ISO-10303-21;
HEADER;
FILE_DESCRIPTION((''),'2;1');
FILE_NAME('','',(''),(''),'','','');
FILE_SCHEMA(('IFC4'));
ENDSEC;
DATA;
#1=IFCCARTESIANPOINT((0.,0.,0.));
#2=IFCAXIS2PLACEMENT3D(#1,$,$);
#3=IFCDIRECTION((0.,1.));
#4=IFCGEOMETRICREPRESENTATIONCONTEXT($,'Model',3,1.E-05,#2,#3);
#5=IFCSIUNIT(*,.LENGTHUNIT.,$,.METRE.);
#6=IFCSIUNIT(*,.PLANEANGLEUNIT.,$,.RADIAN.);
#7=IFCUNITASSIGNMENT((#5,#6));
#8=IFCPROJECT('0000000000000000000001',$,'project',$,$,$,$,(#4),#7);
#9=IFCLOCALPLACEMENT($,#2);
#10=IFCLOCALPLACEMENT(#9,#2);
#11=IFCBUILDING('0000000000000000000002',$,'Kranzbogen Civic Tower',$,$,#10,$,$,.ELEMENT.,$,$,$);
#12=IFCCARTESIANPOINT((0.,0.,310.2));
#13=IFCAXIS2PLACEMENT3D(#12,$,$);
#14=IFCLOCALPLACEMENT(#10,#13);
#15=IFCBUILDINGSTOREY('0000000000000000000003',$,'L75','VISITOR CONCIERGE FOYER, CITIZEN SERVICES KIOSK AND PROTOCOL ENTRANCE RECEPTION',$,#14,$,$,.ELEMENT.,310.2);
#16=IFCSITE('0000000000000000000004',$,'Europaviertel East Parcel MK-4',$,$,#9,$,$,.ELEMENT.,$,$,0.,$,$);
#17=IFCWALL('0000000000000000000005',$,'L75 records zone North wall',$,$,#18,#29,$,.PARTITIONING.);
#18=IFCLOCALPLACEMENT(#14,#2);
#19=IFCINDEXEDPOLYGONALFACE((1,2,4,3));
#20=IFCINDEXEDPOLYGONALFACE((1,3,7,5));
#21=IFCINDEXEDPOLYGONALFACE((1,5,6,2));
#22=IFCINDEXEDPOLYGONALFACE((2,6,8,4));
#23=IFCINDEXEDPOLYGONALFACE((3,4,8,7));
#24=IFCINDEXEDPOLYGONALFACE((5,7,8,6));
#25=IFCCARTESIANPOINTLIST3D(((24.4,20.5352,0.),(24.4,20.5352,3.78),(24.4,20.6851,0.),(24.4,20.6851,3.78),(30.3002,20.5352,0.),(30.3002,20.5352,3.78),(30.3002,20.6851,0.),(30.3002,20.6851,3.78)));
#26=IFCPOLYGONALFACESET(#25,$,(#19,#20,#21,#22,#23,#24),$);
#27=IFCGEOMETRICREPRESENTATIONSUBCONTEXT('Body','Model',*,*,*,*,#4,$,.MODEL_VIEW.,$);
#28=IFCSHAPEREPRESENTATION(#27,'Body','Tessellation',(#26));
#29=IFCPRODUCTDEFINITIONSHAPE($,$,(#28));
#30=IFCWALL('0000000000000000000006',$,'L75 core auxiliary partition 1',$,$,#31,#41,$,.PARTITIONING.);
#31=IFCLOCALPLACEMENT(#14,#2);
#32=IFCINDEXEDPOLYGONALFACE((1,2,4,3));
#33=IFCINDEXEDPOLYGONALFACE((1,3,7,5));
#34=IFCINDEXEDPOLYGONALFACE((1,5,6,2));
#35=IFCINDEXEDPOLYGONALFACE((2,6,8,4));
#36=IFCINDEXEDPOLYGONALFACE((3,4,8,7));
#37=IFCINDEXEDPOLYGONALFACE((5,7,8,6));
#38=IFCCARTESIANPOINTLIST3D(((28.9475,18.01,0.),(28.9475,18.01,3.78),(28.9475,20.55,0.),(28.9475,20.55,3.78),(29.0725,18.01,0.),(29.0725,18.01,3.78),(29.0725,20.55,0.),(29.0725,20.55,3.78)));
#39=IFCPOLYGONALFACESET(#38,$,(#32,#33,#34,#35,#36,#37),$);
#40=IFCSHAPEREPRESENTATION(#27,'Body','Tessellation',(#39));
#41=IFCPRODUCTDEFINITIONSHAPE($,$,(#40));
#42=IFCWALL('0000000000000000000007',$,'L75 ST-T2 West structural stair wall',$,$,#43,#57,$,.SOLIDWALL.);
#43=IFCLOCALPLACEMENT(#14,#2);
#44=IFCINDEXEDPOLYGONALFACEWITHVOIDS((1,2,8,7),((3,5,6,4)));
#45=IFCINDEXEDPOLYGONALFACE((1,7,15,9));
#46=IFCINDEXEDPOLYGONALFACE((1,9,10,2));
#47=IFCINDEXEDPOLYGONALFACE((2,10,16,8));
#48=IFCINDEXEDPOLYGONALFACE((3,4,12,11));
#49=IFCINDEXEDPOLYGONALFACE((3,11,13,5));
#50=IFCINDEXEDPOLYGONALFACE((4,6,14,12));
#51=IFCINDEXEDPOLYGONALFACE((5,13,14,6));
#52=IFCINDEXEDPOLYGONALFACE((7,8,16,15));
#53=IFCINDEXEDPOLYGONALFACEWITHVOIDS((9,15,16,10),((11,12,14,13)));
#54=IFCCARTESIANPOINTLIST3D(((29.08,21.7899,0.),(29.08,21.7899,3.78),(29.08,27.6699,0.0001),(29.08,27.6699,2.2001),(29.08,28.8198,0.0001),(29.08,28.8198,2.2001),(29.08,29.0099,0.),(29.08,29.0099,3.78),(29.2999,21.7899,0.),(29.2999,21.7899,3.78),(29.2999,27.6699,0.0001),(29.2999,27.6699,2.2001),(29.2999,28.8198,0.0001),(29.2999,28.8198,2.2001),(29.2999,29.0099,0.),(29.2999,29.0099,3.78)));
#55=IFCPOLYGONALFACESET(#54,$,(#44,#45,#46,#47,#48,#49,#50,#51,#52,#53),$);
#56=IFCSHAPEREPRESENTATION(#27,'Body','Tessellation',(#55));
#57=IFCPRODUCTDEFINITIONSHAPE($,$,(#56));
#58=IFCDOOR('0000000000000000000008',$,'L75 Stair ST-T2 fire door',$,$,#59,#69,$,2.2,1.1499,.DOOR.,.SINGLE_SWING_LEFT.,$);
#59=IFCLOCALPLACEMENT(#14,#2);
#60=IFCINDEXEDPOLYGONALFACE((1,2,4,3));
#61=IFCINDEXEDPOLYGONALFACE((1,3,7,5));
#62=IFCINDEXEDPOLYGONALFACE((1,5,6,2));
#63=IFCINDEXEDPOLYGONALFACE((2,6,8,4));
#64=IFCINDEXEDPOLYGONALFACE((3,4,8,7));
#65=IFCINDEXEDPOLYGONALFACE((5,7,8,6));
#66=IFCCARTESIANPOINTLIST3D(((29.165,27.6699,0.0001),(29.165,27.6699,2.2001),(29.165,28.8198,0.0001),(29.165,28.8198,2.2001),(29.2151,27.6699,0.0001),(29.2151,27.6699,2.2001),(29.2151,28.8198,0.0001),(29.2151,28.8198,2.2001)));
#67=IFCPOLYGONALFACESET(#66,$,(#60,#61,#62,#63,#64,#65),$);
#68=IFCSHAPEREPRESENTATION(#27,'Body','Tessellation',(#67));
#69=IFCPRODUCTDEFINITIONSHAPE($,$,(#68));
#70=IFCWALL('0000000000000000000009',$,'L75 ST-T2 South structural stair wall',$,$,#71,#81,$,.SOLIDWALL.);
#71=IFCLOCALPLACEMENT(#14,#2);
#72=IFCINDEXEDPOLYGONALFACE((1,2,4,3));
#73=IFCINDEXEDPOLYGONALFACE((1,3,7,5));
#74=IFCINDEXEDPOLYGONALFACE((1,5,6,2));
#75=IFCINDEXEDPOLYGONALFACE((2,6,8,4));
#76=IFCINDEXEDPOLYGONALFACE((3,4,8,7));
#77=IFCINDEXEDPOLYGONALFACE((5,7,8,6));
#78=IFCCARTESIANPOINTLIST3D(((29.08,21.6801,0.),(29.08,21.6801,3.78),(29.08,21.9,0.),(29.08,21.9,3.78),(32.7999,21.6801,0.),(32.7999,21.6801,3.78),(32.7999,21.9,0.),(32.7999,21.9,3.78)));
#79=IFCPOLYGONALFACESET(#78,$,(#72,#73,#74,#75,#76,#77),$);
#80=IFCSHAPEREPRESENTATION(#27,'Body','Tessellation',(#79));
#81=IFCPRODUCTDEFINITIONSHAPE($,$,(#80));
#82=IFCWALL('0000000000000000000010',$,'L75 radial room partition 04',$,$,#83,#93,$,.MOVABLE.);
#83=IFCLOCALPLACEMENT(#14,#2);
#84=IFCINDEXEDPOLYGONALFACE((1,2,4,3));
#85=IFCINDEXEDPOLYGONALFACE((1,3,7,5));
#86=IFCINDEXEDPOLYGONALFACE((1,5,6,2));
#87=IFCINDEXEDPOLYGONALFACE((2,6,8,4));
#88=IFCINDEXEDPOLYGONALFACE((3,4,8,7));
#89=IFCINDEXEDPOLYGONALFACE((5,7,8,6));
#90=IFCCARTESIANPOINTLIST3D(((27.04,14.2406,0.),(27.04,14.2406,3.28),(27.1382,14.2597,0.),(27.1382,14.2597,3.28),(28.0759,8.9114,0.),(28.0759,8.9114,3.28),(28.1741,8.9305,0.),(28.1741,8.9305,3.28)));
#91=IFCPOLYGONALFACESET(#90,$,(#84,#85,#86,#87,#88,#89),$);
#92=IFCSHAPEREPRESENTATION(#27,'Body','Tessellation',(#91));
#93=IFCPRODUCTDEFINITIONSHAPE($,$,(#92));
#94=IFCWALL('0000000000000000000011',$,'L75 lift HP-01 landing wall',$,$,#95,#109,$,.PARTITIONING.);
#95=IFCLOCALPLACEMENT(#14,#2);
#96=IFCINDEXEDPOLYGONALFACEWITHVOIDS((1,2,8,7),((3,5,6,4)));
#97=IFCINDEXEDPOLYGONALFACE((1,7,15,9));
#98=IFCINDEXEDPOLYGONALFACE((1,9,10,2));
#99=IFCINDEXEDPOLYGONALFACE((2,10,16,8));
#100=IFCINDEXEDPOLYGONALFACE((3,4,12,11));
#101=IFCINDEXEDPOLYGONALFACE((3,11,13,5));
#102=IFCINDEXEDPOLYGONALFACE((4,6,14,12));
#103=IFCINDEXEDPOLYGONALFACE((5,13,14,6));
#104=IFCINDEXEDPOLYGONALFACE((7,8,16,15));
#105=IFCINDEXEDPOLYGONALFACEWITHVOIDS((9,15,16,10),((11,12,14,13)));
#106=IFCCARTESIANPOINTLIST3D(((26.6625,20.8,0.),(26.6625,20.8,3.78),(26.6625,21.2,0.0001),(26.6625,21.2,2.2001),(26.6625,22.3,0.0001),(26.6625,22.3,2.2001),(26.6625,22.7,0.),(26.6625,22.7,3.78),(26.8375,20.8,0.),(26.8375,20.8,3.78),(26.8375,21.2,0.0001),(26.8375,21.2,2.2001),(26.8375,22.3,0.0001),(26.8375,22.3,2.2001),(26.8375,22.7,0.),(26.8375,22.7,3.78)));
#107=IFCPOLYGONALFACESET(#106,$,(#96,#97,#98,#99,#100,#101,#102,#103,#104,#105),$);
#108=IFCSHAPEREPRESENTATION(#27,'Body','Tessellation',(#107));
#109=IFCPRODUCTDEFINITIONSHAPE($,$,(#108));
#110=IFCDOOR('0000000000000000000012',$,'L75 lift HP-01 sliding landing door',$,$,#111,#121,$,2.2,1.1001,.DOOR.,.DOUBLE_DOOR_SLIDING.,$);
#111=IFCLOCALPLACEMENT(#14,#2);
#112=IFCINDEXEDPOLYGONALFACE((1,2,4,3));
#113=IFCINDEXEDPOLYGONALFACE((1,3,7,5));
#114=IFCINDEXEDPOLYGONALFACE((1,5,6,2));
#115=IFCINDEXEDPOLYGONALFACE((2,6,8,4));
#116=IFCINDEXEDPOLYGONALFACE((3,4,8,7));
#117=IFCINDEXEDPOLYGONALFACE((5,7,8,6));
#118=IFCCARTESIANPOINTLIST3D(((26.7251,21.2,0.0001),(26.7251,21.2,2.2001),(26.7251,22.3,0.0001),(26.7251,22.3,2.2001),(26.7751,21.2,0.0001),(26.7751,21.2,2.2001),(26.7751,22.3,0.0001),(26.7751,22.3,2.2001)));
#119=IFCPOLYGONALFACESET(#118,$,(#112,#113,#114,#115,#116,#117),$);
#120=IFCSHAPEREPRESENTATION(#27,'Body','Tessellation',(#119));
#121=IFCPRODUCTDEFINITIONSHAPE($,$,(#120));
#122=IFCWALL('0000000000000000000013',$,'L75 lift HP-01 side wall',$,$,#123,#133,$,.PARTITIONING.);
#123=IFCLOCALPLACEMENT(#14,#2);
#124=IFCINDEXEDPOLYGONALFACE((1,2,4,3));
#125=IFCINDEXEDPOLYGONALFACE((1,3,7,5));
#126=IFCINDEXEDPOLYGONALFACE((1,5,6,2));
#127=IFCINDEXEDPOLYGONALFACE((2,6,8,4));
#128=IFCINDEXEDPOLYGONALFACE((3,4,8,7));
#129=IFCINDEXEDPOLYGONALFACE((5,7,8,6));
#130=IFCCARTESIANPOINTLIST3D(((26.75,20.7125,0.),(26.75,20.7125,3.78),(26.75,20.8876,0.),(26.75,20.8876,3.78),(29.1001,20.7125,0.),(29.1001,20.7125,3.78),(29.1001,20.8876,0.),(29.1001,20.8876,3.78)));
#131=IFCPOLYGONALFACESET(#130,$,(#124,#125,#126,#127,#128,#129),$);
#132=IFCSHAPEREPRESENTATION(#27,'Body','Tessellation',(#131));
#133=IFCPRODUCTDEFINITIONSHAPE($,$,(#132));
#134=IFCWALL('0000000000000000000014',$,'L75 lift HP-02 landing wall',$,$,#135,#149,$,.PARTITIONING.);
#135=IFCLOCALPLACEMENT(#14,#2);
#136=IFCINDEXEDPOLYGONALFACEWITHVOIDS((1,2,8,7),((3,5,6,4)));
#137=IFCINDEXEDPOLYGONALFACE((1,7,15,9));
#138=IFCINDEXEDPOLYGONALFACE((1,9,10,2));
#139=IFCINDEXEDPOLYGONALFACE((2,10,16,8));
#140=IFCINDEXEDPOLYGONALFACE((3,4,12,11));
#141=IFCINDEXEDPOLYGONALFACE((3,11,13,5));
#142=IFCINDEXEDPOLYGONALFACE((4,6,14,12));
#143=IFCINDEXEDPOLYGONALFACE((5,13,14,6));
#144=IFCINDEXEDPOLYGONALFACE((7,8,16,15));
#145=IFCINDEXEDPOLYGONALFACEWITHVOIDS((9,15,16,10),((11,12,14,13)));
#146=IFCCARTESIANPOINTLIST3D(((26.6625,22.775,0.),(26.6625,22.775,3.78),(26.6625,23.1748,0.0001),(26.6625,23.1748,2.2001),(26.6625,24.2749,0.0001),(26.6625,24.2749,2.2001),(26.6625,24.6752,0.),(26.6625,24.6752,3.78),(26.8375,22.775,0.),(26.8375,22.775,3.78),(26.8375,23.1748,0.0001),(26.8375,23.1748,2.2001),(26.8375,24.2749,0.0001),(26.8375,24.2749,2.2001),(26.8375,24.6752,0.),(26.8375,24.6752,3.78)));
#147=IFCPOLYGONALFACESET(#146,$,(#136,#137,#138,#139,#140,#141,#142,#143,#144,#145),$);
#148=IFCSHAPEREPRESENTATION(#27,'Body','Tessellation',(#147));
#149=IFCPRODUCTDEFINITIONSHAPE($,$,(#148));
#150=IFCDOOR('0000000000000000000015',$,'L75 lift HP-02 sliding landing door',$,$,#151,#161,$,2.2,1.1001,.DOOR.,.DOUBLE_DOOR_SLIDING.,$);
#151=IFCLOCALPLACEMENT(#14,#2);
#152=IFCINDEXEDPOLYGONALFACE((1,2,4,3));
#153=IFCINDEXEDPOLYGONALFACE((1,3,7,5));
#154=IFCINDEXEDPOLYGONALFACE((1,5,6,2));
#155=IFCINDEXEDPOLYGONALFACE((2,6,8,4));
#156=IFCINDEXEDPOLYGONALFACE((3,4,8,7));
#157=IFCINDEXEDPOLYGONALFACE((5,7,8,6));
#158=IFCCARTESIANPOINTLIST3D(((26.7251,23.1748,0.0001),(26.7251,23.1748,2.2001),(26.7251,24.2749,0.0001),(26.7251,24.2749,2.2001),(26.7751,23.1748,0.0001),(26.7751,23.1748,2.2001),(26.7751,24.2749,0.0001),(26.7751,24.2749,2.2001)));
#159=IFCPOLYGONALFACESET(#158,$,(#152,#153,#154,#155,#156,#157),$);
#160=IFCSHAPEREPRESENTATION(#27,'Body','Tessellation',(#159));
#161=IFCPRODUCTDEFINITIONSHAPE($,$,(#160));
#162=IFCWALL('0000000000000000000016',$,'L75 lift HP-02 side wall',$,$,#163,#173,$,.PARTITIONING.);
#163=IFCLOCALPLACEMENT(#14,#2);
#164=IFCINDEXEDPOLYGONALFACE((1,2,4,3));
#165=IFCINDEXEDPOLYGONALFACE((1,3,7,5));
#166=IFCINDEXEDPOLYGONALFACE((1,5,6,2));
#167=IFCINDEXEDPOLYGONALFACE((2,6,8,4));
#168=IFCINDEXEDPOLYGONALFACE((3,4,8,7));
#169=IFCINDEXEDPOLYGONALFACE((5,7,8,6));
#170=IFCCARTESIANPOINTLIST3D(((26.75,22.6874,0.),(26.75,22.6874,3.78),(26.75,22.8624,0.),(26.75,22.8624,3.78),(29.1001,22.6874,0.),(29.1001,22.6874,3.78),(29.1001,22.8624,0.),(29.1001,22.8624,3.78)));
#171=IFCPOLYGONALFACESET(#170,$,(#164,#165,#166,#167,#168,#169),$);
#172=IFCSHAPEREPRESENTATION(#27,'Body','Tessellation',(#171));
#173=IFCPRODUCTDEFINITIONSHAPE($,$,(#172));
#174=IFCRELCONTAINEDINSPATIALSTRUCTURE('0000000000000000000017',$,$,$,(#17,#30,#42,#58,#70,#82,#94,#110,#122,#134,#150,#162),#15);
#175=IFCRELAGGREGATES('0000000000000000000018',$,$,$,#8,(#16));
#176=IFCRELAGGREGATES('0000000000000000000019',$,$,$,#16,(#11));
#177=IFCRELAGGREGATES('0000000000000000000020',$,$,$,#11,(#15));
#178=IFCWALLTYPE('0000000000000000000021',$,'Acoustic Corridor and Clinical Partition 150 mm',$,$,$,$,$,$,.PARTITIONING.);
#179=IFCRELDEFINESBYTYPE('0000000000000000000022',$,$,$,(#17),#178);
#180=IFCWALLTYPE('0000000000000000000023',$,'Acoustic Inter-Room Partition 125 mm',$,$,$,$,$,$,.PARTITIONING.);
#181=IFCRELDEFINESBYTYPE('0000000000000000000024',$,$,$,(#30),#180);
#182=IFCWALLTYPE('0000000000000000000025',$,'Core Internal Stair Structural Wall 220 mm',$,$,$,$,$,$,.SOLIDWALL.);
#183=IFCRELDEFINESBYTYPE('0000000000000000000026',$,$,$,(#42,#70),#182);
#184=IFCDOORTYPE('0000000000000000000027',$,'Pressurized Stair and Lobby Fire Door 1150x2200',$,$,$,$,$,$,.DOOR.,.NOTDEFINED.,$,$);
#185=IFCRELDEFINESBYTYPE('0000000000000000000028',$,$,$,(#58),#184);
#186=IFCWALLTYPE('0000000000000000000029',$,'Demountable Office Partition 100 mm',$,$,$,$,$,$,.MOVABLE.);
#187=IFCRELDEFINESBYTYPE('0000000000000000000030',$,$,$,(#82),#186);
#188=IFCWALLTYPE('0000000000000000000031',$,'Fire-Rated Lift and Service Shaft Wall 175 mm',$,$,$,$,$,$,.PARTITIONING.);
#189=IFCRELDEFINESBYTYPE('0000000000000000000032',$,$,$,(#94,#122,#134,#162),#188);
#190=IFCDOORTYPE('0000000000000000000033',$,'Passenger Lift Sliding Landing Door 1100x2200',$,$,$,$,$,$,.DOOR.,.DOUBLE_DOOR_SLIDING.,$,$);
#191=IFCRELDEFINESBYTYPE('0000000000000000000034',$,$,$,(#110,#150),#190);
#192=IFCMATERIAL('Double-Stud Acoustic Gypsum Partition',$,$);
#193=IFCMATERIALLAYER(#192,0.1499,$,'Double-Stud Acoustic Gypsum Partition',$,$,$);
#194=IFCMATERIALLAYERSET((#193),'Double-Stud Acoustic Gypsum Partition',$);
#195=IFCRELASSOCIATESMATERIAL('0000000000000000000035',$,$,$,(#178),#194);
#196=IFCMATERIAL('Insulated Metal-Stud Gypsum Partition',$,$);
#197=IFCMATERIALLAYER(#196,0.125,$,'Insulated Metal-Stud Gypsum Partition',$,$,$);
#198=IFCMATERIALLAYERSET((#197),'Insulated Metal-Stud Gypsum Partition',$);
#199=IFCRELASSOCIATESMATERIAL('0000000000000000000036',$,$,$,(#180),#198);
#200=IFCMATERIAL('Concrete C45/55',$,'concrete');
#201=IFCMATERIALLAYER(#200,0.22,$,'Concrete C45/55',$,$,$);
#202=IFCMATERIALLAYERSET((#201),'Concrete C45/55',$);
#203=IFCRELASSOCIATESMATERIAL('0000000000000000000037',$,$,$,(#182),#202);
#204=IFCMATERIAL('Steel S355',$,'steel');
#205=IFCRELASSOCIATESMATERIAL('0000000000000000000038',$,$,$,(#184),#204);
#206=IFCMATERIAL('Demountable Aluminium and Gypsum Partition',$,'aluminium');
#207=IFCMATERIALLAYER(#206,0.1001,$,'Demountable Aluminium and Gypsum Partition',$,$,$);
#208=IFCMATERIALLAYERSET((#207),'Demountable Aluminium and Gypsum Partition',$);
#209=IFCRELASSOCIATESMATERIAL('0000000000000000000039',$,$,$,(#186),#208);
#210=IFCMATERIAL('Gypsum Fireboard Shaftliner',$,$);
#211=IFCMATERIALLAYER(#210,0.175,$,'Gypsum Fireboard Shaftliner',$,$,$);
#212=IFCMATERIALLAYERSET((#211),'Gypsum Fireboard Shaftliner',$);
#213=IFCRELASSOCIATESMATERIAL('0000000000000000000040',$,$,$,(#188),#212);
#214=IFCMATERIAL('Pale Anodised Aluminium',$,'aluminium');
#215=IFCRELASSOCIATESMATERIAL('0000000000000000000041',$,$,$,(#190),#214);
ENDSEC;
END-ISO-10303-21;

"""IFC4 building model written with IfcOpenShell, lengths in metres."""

from ifc_helpers import new_model, si_unit, direction, frame, frame_2d, origin, place, context, subcontext, project, spatial, rectangle, extrude, material, layer, layer_set, type_object, element, fill, save


model = new_model("IFC4")

# Units and contexts
model_context = context("Model", 3, precision=1e-05, world=origin(), true_north=direction((0.0, 1.0)))
body_context = subcontext(model_context, "Body", "Model", "MODEL_VIEW")
ifc_project = project(units=[si_unit("LENGTHUNIT", "METRE"), si_unit("PLANEANGLEUNIT", "RADIAN")], contexts=[model_context])

# Site, building, storey
site_placement = place(None, origin())
site = spatial("IfcSite", under=ifc_project, at=site_placement, Name="Europaviertel East Parcel MK-4", CompositionType="ELEMENT", RefElevation=0.0)
building_placement = place(site_placement, origin())
building = spatial("IfcBuilding", under=site, at=building_placement, Name="Kranzbogen Civic Tower", CompositionType="ELEMENT")
storey_placement = place(building_placement, frame((0.0, 0.0, 310.2)))
storey = spatial("IfcBuildingStorey", under=building, at=storey_placement, Name="L75", Description="VISITOR CONCIERGE FOYER, CITIZEN SERVICES KIOSK AND PROTOCOL ENTRANCE RECEPTION", CompositionType="ELEMENT", Elevation=310.2)

# Shared definitions
ifc_material_1 = material(Name="Steel S355", Category="steel")

# Shared definitions
ifc_material_2 = material(Name="Pale Anodised Aluminium", Category="aluminium")

# Walls
ifc_material_3 = material(Name="Double-Stud Acoustic Gypsum Partition")
ifc_layer_1 = layer(ifc_material_3, 0.1499, Name="Double-Stud Acoustic Gypsum Partition")
ifc_layer_set_1 = layer_set([ifc_layer_1], Name="Double-Stud Acoustic Gypsum Partition")
wall_type_1 = type_object("IfcWallType", Name="Acoustic Corridor and Clinical Partition 150 mm", PredefinedType="PARTITIONING", material=ifc_layer_set_1)
wall_1_placement = place(storey_placement, frame((24.3999, 20.6101, 0.0), z_axis=(0.0, 0.0, 1.0), x_axis=(1.0, 0.0, 0.0)))
element("IfcWall", 1, at=wall_1_placement, inside=storey, type_object=wall_type_1, Name="L75 records zone North wall", PredefinedType="PARTITIONING", context=body_context, shape_type="SweptSolid", body=[
    extrude(rectangle(XDim=5.9001, YDim=0.1499, at=frame_2d((2.9502, 0.0))), origin(), (0.0, 0.0, 1.0), 3.78),
])
ifc_material_4 = material(Name="Insulated Metal-Stud Gypsum Partition")
ifc_layer_2 = layer(ifc_material_4, 0.125, Name="Insulated Metal-Stud Gypsum Partition")
ifc_layer_set_2 = layer_set([ifc_layer_2], Name="Insulated Metal-Stud Gypsum Partition")
wall_type_2 = type_object("IfcWallType", Name="Acoustic Inter-Room Partition 125 mm", PredefinedType="PARTITIONING", material=ifc_layer_set_2)
wall_2_placement = place(storey_placement, frame((29.01, 18.01, 0.0), z_axis=(0.0, 0.0, 1.0), x_axis=(0.0, 1.0, 0.0)))
element("IfcWall", 2, at=wall_2_placement, inside=storey, type_object=wall_type_2, Name="L75 core auxiliary partition 1", PredefinedType="PARTITIONING", context=body_context, shape_type="SweptSolid", body=[
    extrude(rectangle(XDim=2.54, YDim=0.125, at=frame_2d((1.27, 0.0))), origin(), (0.0, 0.0, 1.0), 3.78),
])

# Wall, opening, door
ifc_material_5 = material(Name="Concrete C45/55", Category="concrete")
ifc_layer_3 = layer(ifc_material_5, 0.22, Name="Concrete C45/55")
ifc_layer_set_3 = layer_set([ifc_layer_3], Name="Concrete C45/55")
wall_type_3 = type_object("IfcWallType", Name="Core Internal Stair Structural Wall 220 mm", PredefinedType="SOLIDWALL", material=ifc_layer_set_3)
wall_3_placement = place(storey_placement, frame((29.1899, 21.79, 0.0), z_axis=(0.0, 0.0, 1.0), x_axis=(0.0, 1.0, 0.0)))
wall_3 = element("IfcWall", 3, at=wall_3_placement, inside=storey, type_object=wall_type_3, Name="L75 ST-T2 West structural stair wall", PredefinedType="SOLIDWALL", context=body_context, shape_type="SweptSolid", body=[
    extrude(rectangle(XDim=7.22, YDim=0.22, at=frame_2d((3.6099, 0.0))), origin(), (0.0, 0.0, 1.0), 3.78),
])
opening_1_placement = place(wall_3_placement, frame((5.8799, 0.0, 0.0)))
opening_1 = element("IfcOpeningElement", 4, at=opening_1_placement, cuts=wall_3, PredefinedType="OPENING", context=body_context, shape_type="SweptSolid", body=[
    extrude(rectangle(XDim=1.1499, YDim=2.2, at=frame_2d((0.575, 1.1001))), frame((0.0, 0.1201, 0.0), z_axis=(0.0, -1.0, 0.0), x_axis=(1.0, 0.0, 0.0)), (0.0, 0.0, 1.0), 0.24),
])
door_type_1 = type_object("IfcDoorType", Name="Pressurized Stair and Lobby Fire Door 1150x2200", OperationType="NOTDEFINED", PredefinedType="DOOR", material=ifc_material_1)
door_1_placement = place(opening_1_placement, origin())
door_1 = element("IfcDoor", 5, at=door_1_placement, inside=storey, type_object=door_type_1, Name="L75 Stair ST-T2 fire door", OperationType="SINGLE_SWING_LEFT", OverallHeight=2.2, OverallWidth=1.1499, PredefinedType="DOOR", context=body_context, shape_type="SweptSolid", body=[
    extrude(rectangle(XDim=1.1499, YDim=2.2, at=frame_2d((0.575, 1.1001))), frame((0.0, 0.0249, 0.0), z_axis=(0.0, -1.0, 0.0), x_axis=(1.0, 0.0, 0.0)), (0.0, 0.0, 1.0), 0.05),
])
fill(opening_1, door_1)

# Walls
wall_4_placement = place(storey_placement, frame((29.0801, 21.79, 0.0), z_axis=(0.0, 0.0, 1.0), x_axis=(1.0, 0.0, 0.0)))
element("IfcWall", 6, at=wall_4_placement, inside=storey, type_object=wall_type_3, Name="L75 ST-T2 South structural stair wall", PredefinedType="SOLIDWALL", context=body_context, shape_type="SweptSolid", body=[
    extrude(rectangle(XDim=3.72, YDim=0.22, at=frame_2d((1.8599, 0.0))), origin(), (0.0, 0.0, 1.0), 3.78),
])
ifc_material_6 = material(Name="Demountable Aluminium and Gypsum Partition", Category="aluminium")
ifc_layer_4 = layer(ifc_material_6, 0.1001, Name="Demountable Aluminium and Gypsum Partition")
ifc_layer_set_4 = layer_set([ifc_layer_4], Name="Demountable Aluminium and Gypsum Partition")
wall_type_4 = type_object("IfcWallType", Name="Demountable Office Partition 100 mm", PredefinedType="MOVABLE", material=ifc_layer_set_4)
wall_5_placement = place(storey_placement, frame((27.0891, 14.25, 0.0), z_axis=(0.0, 0.0, 1.0), x_axis=(0.190812, -0.981627, 0.0)))
element("IfcWall", 7, at=wall_5_placement, inside=storey, type_object=wall_type_4, Name="L75 radial room partition 04", PredefinedType="MOVABLE", context=body_context, shape_type="SweptSolid", body=[
    extrude(rectangle(XDim=5.429, YDim=0.1001, at=frame_2d((2.7144, 0.0))), origin(), (0.0, 0.0, 1.0), 3.28),
])

# Wall, opening, door
ifc_material_7 = material(Name="Gypsum Fireboard Shaftliner")
ifc_layer_5 = layer(ifc_material_7, 0.175, Name="Gypsum Fireboard Shaftliner")
ifc_layer_set_5 = layer_set([ifc_layer_5], Name="Gypsum Fireboard Shaftliner")
wall_type_5 = type_object("IfcWallType", Name="Fire-Rated Lift and Service Shaft Wall 175 mm", PredefinedType="PARTITIONING", material=ifc_layer_set_5)
wall_6_placement = place(storey_placement, frame((26.75, 20.8, 0.0), z_axis=(0.0, 0.0, 1.0), x_axis=(0.0, 1.0, 0.0)))
wall_6 = element("IfcWall", 8, at=wall_6_placement, inside=storey, type_object=wall_type_5, Name="L75 lift HP-01 landing wall", PredefinedType="PARTITIONING", context=body_context, shape_type="SweptSolid", body=[
    extrude(rectangle(XDim=1.8999, YDim=0.175, at=frame_2d((0.95, 0.0))), origin(), (0.0, 0.0, 1.0), 3.78),
])
opening_2_placement = place(wall_6_placement, frame((0.3999, 0.0, 0.0)))
opening_2 = element("IfcOpeningElement", 9, at=opening_2_placement, cuts=wall_6, PredefinedType="OPENING", context=body_context, shape_type="SweptSolid", body=[
    extrude(rectangle(XDim=1.1001, YDim=2.2, at=frame_2d((0.55, 1.1001))), frame((0.0, 0.0977, 0.0), z_axis=(0.0, -1.0, 0.0), x_axis=(1.0, 0.0, 0.0)), (0.0, 0.0, 1.0), 0.1951),
])
door_type_2 = type_object("IfcDoorType", Name="Passenger Lift Sliding Landing Door 1100x2200", OperationType="DOUBLE_DOOR_SLIDING", PredefinedType="DOOR", material=ifc_material_2)
door_2_placement = place(opening_2_placement, origin())
door_2 = element("IfcDoor", 10, at=door_2_placement, inside=storey, type_object=door_type_2, Name="L75 lift HP-01 sliding landing door", OperationType="DOUBLE_DOOR_SLIDING", OverallHeight=2.2, OverallWidth=1.1001, PredefinedType="DOOR", context=body_context, shape_type="SweptSolid", body=[
    extrude(rectangle(XDim=1.1001, YDim=2.2, at=frame_2d((0.55, 1.1001))), frame((0.0, 0.0249, 0.0), z_axis=(0.0, -1.0, 0.0), x_axis=(1.0, 0.0, 0.0)), (0.0, 0.0, 1.0), 0.05),
])
fill(opening_2, door_2)

# Wall
wall_7_placement = place(storey_placement, frame((26.75, 20.8, 0.0), z_axis=(0.0, 0.0, 1.0), x_axis=(1.0, 0.0, 0.0)))
element("IfcWall", 11, at=wall_7_placement, inside=storey, type_object=wall_type_5, Name="L75 lift HP-01 side wall", PredefinedType="PARTITIONING", context=body_context, shape_type="SweptSolid", body=[
    extrude(rectangle(XDim=2.3501, YDim=0.175, at=frame_2d((1.175, 0.0))), origin(), (0.0, 0.0, 1.0), 3.78),
])

# Wall, opening, door
wall_8_placement = place(storey_placement, frame((26.75, 22.7749, 0.0), z_axis=(0.0, 0.0, 1.0), x_axis=(0.0, 1.0, 0.0)))
wall_8 = element("IfcWall", 12, at=wall_8_placement, inside=storey, type_object=wall_type_5, Name="L75 lift HP-02 landing wall", PredefinedType="PARTITIONING", context=body_context, shape_type="SweptSolid", body=[
    extrude(rectangle(XDim=1.9001, YDim=0.175, at=frame_2d((0.9502, 0.0))), origin(), (0.0, 0.0, 1.0), 3.78),
])
opening_3_placement = place(wall_8_placement, frame((0.3999, 0.0, 0.0)))
opening_3 = element("IfcOpeningElement", 13, at=opening_3_placement, cuts=wall_8, PredefinedType="OPENING", context=body_context, shape_type="SweptSolid", body=[
    extrude(rectangle(XDim=1.1001, YDim=2.2, at=frame_2d((0.55, 1.1001))), frame((0.0, 0.0977, 0.0), z_axis=(0.0, -1.0, 0.0), x_axis=(1.0, 0.0, 0.0)), (0.0, 0.0, 1.0), 0.1951),
])
door_3_placement = place(opening_3_placement, origin())
door_3 = element("IfcDoor", 14, at=door_3_placement, inside=storey, type_object=door_type_2, Name="L75 lift HP-02 sliding landing door", OperationType="DOUBLE_DOOR_SLIDING", OverallHeight=2.2, OverallWidth=1.1001, PredefinedType="DOOR", context=body_context, shape_type="SweptSolid", body=[
    extrude(rectangle(XDim=1.1001, YDim=2.2, at=frame_2d((0.55, 1.1001))), frame((0.0, 0.0249, 0.0), z_axis=(0.0, -1.0, 0.0), x_axis=(1.0, 0.0, 0.0)), (0.0, 0.0, 1.0), 0.05),
])
fill(opening_3, door_3)

# Wall
wall_9_placement = place(storey_placement, frame((26.75, 22.7749, 0.0), z_axis=(0.0, 0.0, 1.0), x_axis=(1.0, 0.0, 0.0)))
element("IfcWall", 15, at=wall_9_placement, inside=storey, type_object=wall_type_5, Name="L75 lift HP-02 side wall", PredefinedType="PARTITIONING", context=body_context, shape_type="SweptSolid", body=[
    extrude(rectangle(XDim=2.3501, YDim=0.175, at=frame_2d((1.175, 0.0))), origin(), (0.0, 0.0, 1.0), 3.78),
])

save(model, "model.ifc")
